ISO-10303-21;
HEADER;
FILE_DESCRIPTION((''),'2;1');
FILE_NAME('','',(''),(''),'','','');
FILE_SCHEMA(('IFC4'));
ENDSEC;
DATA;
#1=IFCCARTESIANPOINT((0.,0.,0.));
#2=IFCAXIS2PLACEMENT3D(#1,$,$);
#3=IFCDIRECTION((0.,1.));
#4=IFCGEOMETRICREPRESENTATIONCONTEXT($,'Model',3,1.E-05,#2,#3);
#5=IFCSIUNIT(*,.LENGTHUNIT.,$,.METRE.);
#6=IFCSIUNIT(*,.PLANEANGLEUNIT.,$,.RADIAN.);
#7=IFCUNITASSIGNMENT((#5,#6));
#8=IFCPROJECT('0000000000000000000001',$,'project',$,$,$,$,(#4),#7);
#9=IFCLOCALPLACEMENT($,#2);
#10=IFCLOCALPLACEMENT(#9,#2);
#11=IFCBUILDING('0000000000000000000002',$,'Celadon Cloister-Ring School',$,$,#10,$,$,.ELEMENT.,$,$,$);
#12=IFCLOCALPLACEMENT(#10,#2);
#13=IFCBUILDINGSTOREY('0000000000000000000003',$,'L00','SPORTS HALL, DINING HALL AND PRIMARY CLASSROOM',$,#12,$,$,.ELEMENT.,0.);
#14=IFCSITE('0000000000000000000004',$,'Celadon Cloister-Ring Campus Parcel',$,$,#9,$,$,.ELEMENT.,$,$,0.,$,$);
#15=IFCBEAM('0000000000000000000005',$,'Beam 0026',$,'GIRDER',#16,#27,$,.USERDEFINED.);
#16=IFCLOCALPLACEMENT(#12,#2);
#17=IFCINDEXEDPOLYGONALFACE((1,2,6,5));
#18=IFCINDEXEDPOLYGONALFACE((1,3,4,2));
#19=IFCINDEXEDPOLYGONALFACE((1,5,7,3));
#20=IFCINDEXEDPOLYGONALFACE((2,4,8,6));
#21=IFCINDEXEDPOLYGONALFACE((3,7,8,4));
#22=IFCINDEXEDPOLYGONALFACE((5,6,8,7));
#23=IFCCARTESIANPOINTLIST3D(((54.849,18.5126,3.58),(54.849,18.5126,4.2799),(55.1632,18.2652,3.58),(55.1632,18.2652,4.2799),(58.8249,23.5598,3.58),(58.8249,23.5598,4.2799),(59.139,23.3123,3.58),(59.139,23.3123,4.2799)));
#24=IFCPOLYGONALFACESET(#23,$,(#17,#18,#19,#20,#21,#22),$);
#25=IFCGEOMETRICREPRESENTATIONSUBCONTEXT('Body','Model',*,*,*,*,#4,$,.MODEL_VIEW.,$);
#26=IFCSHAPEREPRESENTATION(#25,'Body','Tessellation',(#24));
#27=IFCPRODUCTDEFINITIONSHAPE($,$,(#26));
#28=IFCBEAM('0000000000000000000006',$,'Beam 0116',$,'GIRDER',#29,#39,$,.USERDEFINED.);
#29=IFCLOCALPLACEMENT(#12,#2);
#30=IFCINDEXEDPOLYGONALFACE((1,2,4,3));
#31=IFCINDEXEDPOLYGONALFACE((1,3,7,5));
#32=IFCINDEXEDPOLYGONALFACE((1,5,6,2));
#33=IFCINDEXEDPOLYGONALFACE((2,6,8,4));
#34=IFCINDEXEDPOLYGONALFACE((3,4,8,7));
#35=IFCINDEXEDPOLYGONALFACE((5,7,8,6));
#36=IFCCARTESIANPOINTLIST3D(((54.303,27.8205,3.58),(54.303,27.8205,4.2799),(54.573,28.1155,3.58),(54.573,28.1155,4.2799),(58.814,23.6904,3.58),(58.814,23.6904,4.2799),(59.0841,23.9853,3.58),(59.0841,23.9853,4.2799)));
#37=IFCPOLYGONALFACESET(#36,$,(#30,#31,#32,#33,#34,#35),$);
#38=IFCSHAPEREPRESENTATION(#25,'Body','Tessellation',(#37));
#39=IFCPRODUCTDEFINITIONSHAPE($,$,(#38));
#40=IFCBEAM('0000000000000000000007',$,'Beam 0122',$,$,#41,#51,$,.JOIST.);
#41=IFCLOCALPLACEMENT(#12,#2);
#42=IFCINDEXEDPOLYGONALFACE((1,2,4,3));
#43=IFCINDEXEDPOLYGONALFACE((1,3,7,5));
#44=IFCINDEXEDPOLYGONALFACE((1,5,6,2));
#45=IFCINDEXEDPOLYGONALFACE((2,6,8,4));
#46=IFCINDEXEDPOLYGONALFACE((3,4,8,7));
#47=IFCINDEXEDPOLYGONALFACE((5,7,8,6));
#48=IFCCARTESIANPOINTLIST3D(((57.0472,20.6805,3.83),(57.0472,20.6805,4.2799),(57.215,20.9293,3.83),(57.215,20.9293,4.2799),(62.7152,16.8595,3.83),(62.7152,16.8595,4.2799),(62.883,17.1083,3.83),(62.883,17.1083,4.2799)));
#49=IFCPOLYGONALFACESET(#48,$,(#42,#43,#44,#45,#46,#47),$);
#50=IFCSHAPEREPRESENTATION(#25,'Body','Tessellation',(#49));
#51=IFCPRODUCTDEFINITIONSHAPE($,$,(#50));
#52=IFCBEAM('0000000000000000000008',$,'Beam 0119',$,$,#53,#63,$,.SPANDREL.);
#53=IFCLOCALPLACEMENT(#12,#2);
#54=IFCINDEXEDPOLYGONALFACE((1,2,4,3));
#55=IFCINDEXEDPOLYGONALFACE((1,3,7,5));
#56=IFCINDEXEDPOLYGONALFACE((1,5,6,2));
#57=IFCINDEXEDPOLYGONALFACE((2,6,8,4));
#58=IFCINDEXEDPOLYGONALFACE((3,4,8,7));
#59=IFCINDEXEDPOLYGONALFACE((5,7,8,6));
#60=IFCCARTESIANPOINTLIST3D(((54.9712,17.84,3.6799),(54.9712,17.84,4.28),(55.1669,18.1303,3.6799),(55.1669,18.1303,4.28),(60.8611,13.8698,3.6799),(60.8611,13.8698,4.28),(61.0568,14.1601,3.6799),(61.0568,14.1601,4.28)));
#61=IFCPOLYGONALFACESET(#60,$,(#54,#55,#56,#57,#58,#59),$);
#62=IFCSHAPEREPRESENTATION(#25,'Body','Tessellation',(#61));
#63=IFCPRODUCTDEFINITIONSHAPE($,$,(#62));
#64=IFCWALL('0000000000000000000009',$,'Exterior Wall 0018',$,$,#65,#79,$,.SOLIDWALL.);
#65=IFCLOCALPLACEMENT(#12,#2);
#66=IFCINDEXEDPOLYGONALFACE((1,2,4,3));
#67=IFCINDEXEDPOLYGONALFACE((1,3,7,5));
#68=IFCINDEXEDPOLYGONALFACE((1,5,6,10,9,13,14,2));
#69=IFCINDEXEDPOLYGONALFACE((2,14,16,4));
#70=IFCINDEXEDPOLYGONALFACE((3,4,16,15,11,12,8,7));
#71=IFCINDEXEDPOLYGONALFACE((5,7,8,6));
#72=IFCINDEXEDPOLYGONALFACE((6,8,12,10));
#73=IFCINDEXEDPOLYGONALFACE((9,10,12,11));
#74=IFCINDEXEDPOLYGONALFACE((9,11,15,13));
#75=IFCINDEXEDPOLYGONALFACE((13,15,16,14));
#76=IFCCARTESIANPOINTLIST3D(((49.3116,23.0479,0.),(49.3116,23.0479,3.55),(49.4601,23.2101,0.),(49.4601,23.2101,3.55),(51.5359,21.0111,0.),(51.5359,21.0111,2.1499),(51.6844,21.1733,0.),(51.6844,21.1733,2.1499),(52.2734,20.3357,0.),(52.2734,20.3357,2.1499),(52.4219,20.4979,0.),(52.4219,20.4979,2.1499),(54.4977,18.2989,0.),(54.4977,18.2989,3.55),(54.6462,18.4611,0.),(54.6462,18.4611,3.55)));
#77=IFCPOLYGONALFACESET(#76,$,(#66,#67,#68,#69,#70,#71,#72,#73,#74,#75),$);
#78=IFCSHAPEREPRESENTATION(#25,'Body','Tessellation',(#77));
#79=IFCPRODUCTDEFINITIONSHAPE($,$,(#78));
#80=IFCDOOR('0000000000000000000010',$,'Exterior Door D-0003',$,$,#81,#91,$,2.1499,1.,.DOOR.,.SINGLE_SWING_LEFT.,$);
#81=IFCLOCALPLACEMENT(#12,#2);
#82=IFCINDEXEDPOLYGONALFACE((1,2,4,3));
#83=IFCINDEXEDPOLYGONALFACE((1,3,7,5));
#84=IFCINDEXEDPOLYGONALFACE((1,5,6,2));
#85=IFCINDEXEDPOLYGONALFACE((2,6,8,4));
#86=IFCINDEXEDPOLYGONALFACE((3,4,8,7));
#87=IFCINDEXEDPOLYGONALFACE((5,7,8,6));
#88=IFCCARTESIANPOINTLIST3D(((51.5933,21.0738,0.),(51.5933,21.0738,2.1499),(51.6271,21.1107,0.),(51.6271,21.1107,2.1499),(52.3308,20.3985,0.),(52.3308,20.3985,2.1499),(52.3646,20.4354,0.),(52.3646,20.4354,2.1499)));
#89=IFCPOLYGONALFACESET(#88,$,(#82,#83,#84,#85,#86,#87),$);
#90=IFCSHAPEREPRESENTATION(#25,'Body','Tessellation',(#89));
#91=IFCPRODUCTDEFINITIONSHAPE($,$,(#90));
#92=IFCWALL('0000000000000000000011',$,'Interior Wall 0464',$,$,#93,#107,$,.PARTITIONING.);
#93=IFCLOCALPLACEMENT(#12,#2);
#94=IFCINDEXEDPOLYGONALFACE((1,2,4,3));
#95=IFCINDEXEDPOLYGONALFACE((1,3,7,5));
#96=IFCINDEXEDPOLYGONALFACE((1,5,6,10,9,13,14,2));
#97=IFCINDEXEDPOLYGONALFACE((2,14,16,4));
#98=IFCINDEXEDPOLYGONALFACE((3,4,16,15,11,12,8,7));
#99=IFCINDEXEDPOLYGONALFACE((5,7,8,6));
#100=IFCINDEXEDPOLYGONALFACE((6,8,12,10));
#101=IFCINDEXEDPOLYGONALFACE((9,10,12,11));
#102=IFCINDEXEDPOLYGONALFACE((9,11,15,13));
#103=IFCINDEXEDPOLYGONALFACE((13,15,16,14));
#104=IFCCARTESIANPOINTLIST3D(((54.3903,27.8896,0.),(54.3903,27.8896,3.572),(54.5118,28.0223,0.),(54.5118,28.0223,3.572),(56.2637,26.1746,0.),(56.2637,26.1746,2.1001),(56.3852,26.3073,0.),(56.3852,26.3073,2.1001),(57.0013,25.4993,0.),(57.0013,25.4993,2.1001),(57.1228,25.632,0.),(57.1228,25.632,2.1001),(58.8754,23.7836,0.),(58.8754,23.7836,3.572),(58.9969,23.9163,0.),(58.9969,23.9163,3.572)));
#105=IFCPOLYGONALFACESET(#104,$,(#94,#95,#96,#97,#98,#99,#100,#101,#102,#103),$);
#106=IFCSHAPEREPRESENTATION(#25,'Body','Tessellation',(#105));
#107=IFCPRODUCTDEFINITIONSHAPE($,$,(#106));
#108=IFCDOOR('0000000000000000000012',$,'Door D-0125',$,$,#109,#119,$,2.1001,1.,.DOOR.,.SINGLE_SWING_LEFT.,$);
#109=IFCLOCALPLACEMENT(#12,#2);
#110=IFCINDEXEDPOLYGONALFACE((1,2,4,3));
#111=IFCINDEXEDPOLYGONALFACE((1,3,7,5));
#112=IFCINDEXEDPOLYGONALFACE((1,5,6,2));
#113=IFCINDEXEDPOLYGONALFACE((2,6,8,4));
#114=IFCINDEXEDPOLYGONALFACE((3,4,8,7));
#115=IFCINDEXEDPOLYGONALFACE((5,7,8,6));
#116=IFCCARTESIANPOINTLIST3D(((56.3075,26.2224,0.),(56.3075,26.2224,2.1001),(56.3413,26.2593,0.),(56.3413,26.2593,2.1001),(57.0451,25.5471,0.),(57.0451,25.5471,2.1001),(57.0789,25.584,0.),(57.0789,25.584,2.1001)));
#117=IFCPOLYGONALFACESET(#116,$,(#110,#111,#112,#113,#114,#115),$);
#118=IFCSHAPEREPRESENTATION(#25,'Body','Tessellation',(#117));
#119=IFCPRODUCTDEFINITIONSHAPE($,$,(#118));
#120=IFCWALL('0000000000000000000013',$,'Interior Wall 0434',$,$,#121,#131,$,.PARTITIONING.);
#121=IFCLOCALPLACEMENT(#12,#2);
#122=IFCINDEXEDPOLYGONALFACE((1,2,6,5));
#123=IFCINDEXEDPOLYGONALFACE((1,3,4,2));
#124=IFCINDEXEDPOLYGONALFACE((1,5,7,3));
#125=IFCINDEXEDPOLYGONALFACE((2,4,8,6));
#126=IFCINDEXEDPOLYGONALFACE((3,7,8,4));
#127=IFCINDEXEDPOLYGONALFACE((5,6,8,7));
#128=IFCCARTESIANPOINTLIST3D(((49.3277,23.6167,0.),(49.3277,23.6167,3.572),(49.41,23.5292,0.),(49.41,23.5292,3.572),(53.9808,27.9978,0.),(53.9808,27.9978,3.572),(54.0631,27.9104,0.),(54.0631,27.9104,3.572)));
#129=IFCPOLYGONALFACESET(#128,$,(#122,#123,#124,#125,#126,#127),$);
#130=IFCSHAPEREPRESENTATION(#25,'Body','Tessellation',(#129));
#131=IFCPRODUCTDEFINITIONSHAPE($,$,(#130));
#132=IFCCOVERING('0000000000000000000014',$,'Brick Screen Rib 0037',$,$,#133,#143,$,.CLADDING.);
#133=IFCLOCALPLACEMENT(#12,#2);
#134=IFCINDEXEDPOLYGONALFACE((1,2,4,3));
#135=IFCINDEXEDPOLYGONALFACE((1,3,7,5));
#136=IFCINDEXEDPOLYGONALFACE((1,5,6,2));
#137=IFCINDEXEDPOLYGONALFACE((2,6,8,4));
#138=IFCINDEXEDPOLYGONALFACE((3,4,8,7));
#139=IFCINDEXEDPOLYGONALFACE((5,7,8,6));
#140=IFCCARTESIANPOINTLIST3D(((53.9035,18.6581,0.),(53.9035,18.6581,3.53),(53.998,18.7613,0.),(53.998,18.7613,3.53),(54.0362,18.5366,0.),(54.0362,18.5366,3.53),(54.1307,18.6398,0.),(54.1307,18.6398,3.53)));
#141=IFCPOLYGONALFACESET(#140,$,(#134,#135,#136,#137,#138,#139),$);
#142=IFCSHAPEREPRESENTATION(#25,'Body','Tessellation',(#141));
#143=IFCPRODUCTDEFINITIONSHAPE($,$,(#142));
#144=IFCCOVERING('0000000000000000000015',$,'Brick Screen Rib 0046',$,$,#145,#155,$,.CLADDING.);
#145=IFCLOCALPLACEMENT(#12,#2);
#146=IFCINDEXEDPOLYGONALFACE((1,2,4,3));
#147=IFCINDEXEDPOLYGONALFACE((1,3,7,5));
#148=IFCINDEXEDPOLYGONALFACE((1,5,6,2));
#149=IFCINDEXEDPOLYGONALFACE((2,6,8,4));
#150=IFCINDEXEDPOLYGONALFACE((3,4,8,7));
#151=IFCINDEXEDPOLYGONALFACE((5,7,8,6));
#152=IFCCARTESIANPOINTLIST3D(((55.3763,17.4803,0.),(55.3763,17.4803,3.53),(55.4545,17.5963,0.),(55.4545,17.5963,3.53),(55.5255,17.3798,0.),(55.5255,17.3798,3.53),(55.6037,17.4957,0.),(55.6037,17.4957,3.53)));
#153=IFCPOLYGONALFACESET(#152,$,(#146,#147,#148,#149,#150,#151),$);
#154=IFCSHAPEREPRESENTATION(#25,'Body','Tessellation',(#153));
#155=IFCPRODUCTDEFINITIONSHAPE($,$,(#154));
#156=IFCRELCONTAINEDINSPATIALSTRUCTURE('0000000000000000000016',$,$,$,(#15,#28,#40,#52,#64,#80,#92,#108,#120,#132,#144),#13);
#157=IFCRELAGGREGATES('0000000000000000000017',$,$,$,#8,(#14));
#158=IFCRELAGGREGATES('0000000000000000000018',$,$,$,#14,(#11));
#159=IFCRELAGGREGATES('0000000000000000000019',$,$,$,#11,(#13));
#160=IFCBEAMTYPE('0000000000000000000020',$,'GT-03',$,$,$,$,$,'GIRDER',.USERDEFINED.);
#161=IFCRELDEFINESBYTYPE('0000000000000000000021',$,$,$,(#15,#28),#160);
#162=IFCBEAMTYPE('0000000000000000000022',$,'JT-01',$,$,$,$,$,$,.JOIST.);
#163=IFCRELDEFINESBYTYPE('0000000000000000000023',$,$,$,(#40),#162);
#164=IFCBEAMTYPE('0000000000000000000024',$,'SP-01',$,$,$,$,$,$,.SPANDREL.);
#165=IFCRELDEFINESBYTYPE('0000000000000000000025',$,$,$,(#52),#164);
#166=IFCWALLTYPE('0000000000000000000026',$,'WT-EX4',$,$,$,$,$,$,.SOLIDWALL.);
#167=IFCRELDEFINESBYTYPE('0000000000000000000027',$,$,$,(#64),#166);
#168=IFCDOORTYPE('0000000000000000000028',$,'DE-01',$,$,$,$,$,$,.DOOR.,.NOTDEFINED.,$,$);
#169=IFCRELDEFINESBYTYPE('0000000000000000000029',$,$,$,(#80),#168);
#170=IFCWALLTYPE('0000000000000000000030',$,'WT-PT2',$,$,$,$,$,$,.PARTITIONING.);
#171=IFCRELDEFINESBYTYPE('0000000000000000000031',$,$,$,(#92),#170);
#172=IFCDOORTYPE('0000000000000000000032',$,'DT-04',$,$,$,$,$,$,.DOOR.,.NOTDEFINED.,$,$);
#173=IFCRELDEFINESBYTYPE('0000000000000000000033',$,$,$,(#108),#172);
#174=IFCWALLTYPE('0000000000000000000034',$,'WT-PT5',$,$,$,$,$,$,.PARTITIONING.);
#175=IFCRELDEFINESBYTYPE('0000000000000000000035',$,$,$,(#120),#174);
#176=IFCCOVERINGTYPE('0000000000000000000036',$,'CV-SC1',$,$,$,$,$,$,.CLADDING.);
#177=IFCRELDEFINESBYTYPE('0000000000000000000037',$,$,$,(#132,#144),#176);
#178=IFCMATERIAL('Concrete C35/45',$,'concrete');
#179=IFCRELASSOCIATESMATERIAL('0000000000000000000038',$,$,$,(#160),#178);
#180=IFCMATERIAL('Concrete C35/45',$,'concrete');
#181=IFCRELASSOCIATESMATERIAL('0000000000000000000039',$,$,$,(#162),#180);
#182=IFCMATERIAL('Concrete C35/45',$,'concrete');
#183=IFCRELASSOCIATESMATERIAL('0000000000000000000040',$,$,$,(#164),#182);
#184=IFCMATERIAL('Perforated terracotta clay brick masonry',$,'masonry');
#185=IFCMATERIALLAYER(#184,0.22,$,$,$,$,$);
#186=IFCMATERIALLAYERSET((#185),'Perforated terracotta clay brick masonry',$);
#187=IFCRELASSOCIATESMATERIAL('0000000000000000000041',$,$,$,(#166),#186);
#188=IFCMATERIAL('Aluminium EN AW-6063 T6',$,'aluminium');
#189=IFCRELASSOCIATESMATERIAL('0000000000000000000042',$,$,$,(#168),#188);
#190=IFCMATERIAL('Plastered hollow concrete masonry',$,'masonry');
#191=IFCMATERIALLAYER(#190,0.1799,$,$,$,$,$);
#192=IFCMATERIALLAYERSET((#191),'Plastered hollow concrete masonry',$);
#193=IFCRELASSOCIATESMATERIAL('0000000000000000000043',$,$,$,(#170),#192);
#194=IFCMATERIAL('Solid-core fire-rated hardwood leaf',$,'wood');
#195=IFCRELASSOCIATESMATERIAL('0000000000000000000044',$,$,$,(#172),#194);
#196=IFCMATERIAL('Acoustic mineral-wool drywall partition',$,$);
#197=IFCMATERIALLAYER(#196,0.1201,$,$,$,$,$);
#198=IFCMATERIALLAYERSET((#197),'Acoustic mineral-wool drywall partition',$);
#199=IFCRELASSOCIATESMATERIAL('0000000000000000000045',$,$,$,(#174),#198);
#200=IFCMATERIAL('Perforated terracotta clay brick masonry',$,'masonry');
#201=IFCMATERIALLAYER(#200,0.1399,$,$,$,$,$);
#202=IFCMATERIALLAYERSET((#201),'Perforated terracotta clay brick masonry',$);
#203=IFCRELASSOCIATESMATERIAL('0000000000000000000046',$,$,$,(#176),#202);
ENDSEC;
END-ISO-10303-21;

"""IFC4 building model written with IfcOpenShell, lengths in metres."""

from ifc_helpers import new_model, si_unit, direction, frame, frame_2d, origin, origin_2d, place, context, subcontext, project, spatial, rectangle, extrude, material, layer, layer_set, material_profile, profile_set, type_object, element, fill, save


model = new_model("IFC4")

# Units and contexts
model_context = context("Model", 3, precision=1e-05, world=origin(), true_north=direction((0.0, 1.0)))
body_context = subcontext(model_context, "Body", "Model", "MODEL_VIEW")
ifc_project = project(units=[si_unit("LENGTHUNIT", "METRE"), si_unit("PLANEANGLEUNIT", "RADIAN")], contexts=[model_context])

# Site, building, storey
site_placement = place(None, origin())
site = spatial("IfcSite", under=ifc_project, at=site_placement, Name="Celadon Cloister-Ring Campus Parcel", CompositionType="ELEMENT", RefElevation=0.0)
building_placement = place(site_placement, origin())
building = spatial("IfcBuilding", under=site, at=building_placement, Name="Celadon Cloister-Ring School", CompositionType="ELEMENT")
storey_placement = place(building_placement, origin())
storey = spatial("IfcBuildingStorey", under=building, at=storey_placement, Name="L00", Description="SPORTS HALL, DINING HALL AND PRIMARY CLASSROOM", CompositionType="ELEMENT", Elevation=0.0)

# Beams
ifc_material_1 = material(Name="Concrete C35/45", Category="concrete")
ifc_material_profile_1 = material_profile(ifc_material_1, rectangle(XDim=0.3999, YDim=0.7, at=origin_2d()), Name="RC400X700")
ifc_profile_set_1 = profile_set([ifc_material_profile_1], Name="Concrete C35/45")
beam_type_1 = type_object("IfcBeamType", Name="GT-03", ElementType="GIRDER", PredefinedType="USERDEFINED", material=ifc_profile_set_1)
beam_1_placement = place(storey_placement, frame((55.0061, 18.3889, 3.9299), z_axis=(0.618806, 0.785544, 0.0), x_axis=(-0.785544, 0.618806, 0.0)))
element("IfcBeam", 1, at=beam_1_placement, inside=storey, type_object=beam_type_1, Name="Beam 0026", ObjectType="GIRDER", PredefinedType="USERDEFINED", context=body_context, shape_type="SweptSolid", body=[
    extrude(rectangle(XDim=0.3999, YDim=0.7, at=origin_2d()), origin(), (0.0, 0.0, 1.0), 6.425),
])
beam_2_placement = place(storey_placement, frame((54.438, 27.968, 3.9299), z_axis=(0.737557, -0.675285, 0.0), x_axis=(0.675285, 0.737557, 0.0)))
element("IfcBeam", 2, at=beam_2_placement, inside=storey, type_object=beam_type_1, Name="Beam 0116", ObjectType="GIRDER", PredefinedType="USERDEFINED", context=body_context, shape_type="SweptSolid", body=[
    extrude(rectangle(XDim=0.3999, YDim=0.7, at=origin_2d()), origin(), (0.0, 0.0, 1.0), 6.1162),
])
ifc_material_2 = material(Name="Concrete C35/45", Category="concrete")
ifc_material_profile_2 = material_profile(ifc_material_2, rectangle(XDim=0.3, YDim=0.45, at=origin_2d()), Name="RC300X450")
ifc_profile_set_2 = profile_set([ifc_material_profile_2], Name="Concrete C35/45")
beam_type_2 = type_object("IfcBeamType", Name="JT-01", PredefinedType="JOIST", material=ifc_profile_set_2)
beam_3_placement = place(storey_placement, frame((57.1311, 20.8049, 4.0549), z_axis=(0.829176, -0.558987, 0.0), x_axis=(0.558987, 0.829176, 0.0)))
element("IfcBeam", 3, at=beam_3_placement, inside=storey, type_object=beam_type_2, Name="Beam 0122", PredefinedType="JOIST", context=body_context, shape_type="SweptSolid", body=[
    extrude(rectangle(XDim=0.3, YDim=0.45, at=origin_2d()), origin(), (0.0, 0.0, 1.0), 6.8357),
])
ifc_material_3 = material(Name="Concrete C35/45", Category="concrete")
ifc_material_profile_3 = material_profile(ifc_material_3, rectangle(XDim=0.3501, YDim=0.6001, at=origin_2d()), Name="RC350X600")
ifc_profile_set_3 = profile_set([ifc_material_profile_3], Name="Concrete C35/45")
beam_type_3 = type_object("IfcBeamType", Name="SP-01", PredefinedType="SPANDREL", material=ifc_profile_set_3)
beam_4_placement = place(storey_placement, frame((55.0691, 17.9851, 3.98), z_axis=(0.829205, -0.558944, 0.0), x_axis=(0.558944, 0.829205, 0.0)))
element("IfcBeam", 4, at=beam_4_placement, inside=storey, type_object=beam_type_3, Name="Beam 0119", PredefinedType="SPANDREL", context=body_context, shape_type="SweptSolid", body=[
    extrude(rectangle(XDim=0.3501, YDim=0.6001, at=origin_2d()), origin(), (0.0, 0.0, 1.0), 7.103),
])

# Walls, openings, doors
ifc_material_4 = material(Name="Perforated terracotta clay brick masonry", Category="masonry")
ifc_layer_1 = layer(ifc_material_4, 0.22)
ifc_layer_set_1 = layer_set([ifc_layer_1], Name="Perforated terracotta clay brick masonry")
wall_type_1 = type_object("IfcWallType", Name="WT-EX4", PredefinedType="SOLIDWALL", material=ifc_layer_set_1)
wall_1_placement = place(storey_placement, frame((54.572, 18.3799, 0.0), z_axis=(0.0, 0.0, 1.0), x_axis=(-0.737497, 0.67535, 0.0)))
wall_1 = element("IfcWall", 5, at=wall_1_placement, inside=storey, type_object=wall_type_1, Name="Exterior Wall 0018", PredefinedType="SOLIDWALL", context=body_context, shape_type="SweptSolid", body=[
    extrude(rectangle(XDim=7.032, YDim=0.22, at=frame_2d((3.5161, 0.0))), origin(), (0.0, 0.0, 1.0), 3.55),
])
opening_1_placement = place(wall_1_placement, frame((3.0161, 0.0, 0.0)))
opening_1 = element("IfcOpeningElement", 6, at=opening_1_placement, cuts=wall_1, PredefinedType="OPENING", context=body_context, shape_type="SweptSolid", body=[
    extrude(rectangle(XDim=1.0, YDim=2.1499, at=frame_2d((0.5, 1.075))), frame((0.0, 0.1201, 0.0), z_axis=(0.0, -1.0, 0.0), x_axis=(1.0, 0.0, 0.0)), (0.0, 0.0, 1.0), 0.24),
])
ifc_material_5 = material(Name="Aluminium EN AW-6063 T6", Category="aluminium")
door_type_1 = type_object("IfcDoorType", Name="DE-01", OperationType="NOTDEFINED", PredefinedType="DOOR", material=ifc_material_5)
door_1_placement = place(opening_1_placement, origin())
door_1 = element("IfcDoor", 7, at=door_1_placement, inside=storey, type_object=door_type_1, Name="Exterior Door D-0003", OperationType="SINGLE_SWING_LEFT", OverallHeight=2.1499, OverallWidth=1.0, PredefinedType="DOOR", context=body_context, shape_type="SweptSolid", body=[
    extrude(rectangle(XDim=1.0, YDim=2.1499, at=frame_2d((0.5, 1.075))), frame((0.0, 0.0249, 0.0), z_axis=(0.0, -1.0, 0.0), x_axis=(1.0, 0.0, 0.0)), (0.0, 0.0, 1.0), 0.05),
])
fill(opening_1, door_1)
ifc_material_6 = material(Name="Plastered hollow concrete masonry", Category="masonry")
ifc_layer_2 = layer(ifc_material_6, 0.1799)
ifc_layer_set_2 = layer_set([ifc_layer_2], Name="Plastered hollow concrete masonry")
wall_type_2 = type_object("IfcWallType", Name="WT-PT2", PredefinedType="PARTITIONING", material=ifc_layer_set_2)
wall_2_placement = place(storey_placement, frame((54.4509, 27.9561, 0.0), z_axis=(0.0, 0.0, 1.0), x_axis=(0.737596, -0.675243, 0.0)))
wall_2 = element("IfcWall", 8, at=wall_2_placement, inside=storey, type_object=wall_type_2, Name="Interior Wall 0464", PredefinedType="PARTITIONING", context=body_context, shape_type="SweptSolid", body=[
    extrude(rectangle(XDim=6.0808, YDim=0.1799, at=frame_2d((3.0405, 0.0))), origin(), (0.0, 0.0, 1.0), 3.572),
])
opening_2_placement = place(wall_2_placement, frame((2.54, 0.0, 0.0)))
opening_2 = element("IfcOpeningElement", 9, at=opening_2_placement, cuts=wall_2, PredefinedType="OPENING", context=body_context, shape_type="SweptSolid", body=[
    extrude(rectangle(XDim=1.0, YDim=2.1001, at=frame_2d((0.5, 1.05))), frame((0.0, 0.1001, 0.0), z_axis=(0.0, -1.0, 0.0), x_axis=(1.0, 0.0, 0.0)), (0.0, 0.0, 1.0), 0.2),
])
ifc_material_7 = material(Name="Solid-core fire-rated hardwood leaf", Category="wood")
door_type_2 = type_object("IfcDoorType", Name="DT-04", OperationType="NOTDEFINED", PredefinedType="DOOR", material=ifc_material_7)
door_2_placement = place(opening_2_placement, origin())
door_2 = element("IfcDoor", 10, at=door_2_placement, inside=storey, type_object=door_type_2, Name="Door D-0125", OperationType="SINGLE_SWING_LEFT", OverallHeight=2.1001, OverallWidth=1.0, PredefinedType="DOOR", context=body_context, shape_type="SweptSolid", body=[
    extrude(rectangle(XDim=1.0, YDim=2.1001, at=frame_2d((0.5, 1.05))), frame((0.0, 0.0249, 0.0), z_axis=(0.0, -1.0, 0.0), x_axis=(1.0, 0.0, 0.0)), (0.0, 0.0, 1.0), 0.05),
])
fill(opening_2, door_2)

# Wall
ifc_material_8 = material(Name="Acoustic mineral-wool drywall partition")
ifc_layer_3 = layer(ifc_material_8, 0.1201)
ifc_layer_set_3 = layer_set([ifc_layer_3], Name="Acoustic mineral-wool drywall partition")
wall_type_3 = type_object("IfcWallType", Name="WT-PT5", PredefinedType="PARTITIONING", material=ifc_layer_set_3)
wall_3_placement = place(storey_placement, frame((54.022, 27.9541, 0.0), z_axis=(0.0, 0.0, 1.0), x_axis=(-0.728064, -0.685509, 0.0)))
element("IfcWall", 11, at=wall_3_placement, inside=storey, type_object=wall_type_3, Name="Interior Wall 0434", PredefinedType="PARTITIONING", context=body_context, shape_type="SweptSolid", body=[
    extrude(rectangle(XDim=6.3911, YDim=0.1201, at=frame_2d((3.1956, 0.0))), origin(), (0.0, 0.0, 1.0), 3.572),
])

# Coverings
ifc_material_9 = material(Name="Perforated terracotta clay brick masonry", Category="masonry")
ifc_layer_4 = layer(ifc_material_9, 0.1399)
ifc_layer_set_4 = layer_set([ifc_layer_4], Name="Perforated terracotta clay brick masonry")
covering_type = type_object("IfcCoveringType", Name="CV-SC1", PredefinedType="CLADDING", material=ifc_layer_set_4)
for number, where, z_axis, x_axis, name in (
    (12, (54.0171, 18.6489, 0.0), (0.0, 0.0, 1.0), (-0.737501, 0.675346, 0.0), "Brick Screen Rib 0037"),
    (13, (55.49, 17.488, 0.0), (0.0, 0.0, 1.0), (-0.829194, 0.558961, 0.0), "Brick Screen Rib 0046"),
):
    element("IfcCovering", number, at=place(storey_placement, frame(where, z_axis=z_axis, x_axis=x_axis)), inside=storey, type_object=covering_type, Name=name, PredefinedType="CLADDING", context=body_context, shape_type="SweptSolid", body=[
        extrude(rectangle(XDim=0.1799, YDim=0.1399, at=origin_2d()), origin(), (0.0, 0.0, 1.0), 3.53),
    ])

save(model, "model.ifc")
